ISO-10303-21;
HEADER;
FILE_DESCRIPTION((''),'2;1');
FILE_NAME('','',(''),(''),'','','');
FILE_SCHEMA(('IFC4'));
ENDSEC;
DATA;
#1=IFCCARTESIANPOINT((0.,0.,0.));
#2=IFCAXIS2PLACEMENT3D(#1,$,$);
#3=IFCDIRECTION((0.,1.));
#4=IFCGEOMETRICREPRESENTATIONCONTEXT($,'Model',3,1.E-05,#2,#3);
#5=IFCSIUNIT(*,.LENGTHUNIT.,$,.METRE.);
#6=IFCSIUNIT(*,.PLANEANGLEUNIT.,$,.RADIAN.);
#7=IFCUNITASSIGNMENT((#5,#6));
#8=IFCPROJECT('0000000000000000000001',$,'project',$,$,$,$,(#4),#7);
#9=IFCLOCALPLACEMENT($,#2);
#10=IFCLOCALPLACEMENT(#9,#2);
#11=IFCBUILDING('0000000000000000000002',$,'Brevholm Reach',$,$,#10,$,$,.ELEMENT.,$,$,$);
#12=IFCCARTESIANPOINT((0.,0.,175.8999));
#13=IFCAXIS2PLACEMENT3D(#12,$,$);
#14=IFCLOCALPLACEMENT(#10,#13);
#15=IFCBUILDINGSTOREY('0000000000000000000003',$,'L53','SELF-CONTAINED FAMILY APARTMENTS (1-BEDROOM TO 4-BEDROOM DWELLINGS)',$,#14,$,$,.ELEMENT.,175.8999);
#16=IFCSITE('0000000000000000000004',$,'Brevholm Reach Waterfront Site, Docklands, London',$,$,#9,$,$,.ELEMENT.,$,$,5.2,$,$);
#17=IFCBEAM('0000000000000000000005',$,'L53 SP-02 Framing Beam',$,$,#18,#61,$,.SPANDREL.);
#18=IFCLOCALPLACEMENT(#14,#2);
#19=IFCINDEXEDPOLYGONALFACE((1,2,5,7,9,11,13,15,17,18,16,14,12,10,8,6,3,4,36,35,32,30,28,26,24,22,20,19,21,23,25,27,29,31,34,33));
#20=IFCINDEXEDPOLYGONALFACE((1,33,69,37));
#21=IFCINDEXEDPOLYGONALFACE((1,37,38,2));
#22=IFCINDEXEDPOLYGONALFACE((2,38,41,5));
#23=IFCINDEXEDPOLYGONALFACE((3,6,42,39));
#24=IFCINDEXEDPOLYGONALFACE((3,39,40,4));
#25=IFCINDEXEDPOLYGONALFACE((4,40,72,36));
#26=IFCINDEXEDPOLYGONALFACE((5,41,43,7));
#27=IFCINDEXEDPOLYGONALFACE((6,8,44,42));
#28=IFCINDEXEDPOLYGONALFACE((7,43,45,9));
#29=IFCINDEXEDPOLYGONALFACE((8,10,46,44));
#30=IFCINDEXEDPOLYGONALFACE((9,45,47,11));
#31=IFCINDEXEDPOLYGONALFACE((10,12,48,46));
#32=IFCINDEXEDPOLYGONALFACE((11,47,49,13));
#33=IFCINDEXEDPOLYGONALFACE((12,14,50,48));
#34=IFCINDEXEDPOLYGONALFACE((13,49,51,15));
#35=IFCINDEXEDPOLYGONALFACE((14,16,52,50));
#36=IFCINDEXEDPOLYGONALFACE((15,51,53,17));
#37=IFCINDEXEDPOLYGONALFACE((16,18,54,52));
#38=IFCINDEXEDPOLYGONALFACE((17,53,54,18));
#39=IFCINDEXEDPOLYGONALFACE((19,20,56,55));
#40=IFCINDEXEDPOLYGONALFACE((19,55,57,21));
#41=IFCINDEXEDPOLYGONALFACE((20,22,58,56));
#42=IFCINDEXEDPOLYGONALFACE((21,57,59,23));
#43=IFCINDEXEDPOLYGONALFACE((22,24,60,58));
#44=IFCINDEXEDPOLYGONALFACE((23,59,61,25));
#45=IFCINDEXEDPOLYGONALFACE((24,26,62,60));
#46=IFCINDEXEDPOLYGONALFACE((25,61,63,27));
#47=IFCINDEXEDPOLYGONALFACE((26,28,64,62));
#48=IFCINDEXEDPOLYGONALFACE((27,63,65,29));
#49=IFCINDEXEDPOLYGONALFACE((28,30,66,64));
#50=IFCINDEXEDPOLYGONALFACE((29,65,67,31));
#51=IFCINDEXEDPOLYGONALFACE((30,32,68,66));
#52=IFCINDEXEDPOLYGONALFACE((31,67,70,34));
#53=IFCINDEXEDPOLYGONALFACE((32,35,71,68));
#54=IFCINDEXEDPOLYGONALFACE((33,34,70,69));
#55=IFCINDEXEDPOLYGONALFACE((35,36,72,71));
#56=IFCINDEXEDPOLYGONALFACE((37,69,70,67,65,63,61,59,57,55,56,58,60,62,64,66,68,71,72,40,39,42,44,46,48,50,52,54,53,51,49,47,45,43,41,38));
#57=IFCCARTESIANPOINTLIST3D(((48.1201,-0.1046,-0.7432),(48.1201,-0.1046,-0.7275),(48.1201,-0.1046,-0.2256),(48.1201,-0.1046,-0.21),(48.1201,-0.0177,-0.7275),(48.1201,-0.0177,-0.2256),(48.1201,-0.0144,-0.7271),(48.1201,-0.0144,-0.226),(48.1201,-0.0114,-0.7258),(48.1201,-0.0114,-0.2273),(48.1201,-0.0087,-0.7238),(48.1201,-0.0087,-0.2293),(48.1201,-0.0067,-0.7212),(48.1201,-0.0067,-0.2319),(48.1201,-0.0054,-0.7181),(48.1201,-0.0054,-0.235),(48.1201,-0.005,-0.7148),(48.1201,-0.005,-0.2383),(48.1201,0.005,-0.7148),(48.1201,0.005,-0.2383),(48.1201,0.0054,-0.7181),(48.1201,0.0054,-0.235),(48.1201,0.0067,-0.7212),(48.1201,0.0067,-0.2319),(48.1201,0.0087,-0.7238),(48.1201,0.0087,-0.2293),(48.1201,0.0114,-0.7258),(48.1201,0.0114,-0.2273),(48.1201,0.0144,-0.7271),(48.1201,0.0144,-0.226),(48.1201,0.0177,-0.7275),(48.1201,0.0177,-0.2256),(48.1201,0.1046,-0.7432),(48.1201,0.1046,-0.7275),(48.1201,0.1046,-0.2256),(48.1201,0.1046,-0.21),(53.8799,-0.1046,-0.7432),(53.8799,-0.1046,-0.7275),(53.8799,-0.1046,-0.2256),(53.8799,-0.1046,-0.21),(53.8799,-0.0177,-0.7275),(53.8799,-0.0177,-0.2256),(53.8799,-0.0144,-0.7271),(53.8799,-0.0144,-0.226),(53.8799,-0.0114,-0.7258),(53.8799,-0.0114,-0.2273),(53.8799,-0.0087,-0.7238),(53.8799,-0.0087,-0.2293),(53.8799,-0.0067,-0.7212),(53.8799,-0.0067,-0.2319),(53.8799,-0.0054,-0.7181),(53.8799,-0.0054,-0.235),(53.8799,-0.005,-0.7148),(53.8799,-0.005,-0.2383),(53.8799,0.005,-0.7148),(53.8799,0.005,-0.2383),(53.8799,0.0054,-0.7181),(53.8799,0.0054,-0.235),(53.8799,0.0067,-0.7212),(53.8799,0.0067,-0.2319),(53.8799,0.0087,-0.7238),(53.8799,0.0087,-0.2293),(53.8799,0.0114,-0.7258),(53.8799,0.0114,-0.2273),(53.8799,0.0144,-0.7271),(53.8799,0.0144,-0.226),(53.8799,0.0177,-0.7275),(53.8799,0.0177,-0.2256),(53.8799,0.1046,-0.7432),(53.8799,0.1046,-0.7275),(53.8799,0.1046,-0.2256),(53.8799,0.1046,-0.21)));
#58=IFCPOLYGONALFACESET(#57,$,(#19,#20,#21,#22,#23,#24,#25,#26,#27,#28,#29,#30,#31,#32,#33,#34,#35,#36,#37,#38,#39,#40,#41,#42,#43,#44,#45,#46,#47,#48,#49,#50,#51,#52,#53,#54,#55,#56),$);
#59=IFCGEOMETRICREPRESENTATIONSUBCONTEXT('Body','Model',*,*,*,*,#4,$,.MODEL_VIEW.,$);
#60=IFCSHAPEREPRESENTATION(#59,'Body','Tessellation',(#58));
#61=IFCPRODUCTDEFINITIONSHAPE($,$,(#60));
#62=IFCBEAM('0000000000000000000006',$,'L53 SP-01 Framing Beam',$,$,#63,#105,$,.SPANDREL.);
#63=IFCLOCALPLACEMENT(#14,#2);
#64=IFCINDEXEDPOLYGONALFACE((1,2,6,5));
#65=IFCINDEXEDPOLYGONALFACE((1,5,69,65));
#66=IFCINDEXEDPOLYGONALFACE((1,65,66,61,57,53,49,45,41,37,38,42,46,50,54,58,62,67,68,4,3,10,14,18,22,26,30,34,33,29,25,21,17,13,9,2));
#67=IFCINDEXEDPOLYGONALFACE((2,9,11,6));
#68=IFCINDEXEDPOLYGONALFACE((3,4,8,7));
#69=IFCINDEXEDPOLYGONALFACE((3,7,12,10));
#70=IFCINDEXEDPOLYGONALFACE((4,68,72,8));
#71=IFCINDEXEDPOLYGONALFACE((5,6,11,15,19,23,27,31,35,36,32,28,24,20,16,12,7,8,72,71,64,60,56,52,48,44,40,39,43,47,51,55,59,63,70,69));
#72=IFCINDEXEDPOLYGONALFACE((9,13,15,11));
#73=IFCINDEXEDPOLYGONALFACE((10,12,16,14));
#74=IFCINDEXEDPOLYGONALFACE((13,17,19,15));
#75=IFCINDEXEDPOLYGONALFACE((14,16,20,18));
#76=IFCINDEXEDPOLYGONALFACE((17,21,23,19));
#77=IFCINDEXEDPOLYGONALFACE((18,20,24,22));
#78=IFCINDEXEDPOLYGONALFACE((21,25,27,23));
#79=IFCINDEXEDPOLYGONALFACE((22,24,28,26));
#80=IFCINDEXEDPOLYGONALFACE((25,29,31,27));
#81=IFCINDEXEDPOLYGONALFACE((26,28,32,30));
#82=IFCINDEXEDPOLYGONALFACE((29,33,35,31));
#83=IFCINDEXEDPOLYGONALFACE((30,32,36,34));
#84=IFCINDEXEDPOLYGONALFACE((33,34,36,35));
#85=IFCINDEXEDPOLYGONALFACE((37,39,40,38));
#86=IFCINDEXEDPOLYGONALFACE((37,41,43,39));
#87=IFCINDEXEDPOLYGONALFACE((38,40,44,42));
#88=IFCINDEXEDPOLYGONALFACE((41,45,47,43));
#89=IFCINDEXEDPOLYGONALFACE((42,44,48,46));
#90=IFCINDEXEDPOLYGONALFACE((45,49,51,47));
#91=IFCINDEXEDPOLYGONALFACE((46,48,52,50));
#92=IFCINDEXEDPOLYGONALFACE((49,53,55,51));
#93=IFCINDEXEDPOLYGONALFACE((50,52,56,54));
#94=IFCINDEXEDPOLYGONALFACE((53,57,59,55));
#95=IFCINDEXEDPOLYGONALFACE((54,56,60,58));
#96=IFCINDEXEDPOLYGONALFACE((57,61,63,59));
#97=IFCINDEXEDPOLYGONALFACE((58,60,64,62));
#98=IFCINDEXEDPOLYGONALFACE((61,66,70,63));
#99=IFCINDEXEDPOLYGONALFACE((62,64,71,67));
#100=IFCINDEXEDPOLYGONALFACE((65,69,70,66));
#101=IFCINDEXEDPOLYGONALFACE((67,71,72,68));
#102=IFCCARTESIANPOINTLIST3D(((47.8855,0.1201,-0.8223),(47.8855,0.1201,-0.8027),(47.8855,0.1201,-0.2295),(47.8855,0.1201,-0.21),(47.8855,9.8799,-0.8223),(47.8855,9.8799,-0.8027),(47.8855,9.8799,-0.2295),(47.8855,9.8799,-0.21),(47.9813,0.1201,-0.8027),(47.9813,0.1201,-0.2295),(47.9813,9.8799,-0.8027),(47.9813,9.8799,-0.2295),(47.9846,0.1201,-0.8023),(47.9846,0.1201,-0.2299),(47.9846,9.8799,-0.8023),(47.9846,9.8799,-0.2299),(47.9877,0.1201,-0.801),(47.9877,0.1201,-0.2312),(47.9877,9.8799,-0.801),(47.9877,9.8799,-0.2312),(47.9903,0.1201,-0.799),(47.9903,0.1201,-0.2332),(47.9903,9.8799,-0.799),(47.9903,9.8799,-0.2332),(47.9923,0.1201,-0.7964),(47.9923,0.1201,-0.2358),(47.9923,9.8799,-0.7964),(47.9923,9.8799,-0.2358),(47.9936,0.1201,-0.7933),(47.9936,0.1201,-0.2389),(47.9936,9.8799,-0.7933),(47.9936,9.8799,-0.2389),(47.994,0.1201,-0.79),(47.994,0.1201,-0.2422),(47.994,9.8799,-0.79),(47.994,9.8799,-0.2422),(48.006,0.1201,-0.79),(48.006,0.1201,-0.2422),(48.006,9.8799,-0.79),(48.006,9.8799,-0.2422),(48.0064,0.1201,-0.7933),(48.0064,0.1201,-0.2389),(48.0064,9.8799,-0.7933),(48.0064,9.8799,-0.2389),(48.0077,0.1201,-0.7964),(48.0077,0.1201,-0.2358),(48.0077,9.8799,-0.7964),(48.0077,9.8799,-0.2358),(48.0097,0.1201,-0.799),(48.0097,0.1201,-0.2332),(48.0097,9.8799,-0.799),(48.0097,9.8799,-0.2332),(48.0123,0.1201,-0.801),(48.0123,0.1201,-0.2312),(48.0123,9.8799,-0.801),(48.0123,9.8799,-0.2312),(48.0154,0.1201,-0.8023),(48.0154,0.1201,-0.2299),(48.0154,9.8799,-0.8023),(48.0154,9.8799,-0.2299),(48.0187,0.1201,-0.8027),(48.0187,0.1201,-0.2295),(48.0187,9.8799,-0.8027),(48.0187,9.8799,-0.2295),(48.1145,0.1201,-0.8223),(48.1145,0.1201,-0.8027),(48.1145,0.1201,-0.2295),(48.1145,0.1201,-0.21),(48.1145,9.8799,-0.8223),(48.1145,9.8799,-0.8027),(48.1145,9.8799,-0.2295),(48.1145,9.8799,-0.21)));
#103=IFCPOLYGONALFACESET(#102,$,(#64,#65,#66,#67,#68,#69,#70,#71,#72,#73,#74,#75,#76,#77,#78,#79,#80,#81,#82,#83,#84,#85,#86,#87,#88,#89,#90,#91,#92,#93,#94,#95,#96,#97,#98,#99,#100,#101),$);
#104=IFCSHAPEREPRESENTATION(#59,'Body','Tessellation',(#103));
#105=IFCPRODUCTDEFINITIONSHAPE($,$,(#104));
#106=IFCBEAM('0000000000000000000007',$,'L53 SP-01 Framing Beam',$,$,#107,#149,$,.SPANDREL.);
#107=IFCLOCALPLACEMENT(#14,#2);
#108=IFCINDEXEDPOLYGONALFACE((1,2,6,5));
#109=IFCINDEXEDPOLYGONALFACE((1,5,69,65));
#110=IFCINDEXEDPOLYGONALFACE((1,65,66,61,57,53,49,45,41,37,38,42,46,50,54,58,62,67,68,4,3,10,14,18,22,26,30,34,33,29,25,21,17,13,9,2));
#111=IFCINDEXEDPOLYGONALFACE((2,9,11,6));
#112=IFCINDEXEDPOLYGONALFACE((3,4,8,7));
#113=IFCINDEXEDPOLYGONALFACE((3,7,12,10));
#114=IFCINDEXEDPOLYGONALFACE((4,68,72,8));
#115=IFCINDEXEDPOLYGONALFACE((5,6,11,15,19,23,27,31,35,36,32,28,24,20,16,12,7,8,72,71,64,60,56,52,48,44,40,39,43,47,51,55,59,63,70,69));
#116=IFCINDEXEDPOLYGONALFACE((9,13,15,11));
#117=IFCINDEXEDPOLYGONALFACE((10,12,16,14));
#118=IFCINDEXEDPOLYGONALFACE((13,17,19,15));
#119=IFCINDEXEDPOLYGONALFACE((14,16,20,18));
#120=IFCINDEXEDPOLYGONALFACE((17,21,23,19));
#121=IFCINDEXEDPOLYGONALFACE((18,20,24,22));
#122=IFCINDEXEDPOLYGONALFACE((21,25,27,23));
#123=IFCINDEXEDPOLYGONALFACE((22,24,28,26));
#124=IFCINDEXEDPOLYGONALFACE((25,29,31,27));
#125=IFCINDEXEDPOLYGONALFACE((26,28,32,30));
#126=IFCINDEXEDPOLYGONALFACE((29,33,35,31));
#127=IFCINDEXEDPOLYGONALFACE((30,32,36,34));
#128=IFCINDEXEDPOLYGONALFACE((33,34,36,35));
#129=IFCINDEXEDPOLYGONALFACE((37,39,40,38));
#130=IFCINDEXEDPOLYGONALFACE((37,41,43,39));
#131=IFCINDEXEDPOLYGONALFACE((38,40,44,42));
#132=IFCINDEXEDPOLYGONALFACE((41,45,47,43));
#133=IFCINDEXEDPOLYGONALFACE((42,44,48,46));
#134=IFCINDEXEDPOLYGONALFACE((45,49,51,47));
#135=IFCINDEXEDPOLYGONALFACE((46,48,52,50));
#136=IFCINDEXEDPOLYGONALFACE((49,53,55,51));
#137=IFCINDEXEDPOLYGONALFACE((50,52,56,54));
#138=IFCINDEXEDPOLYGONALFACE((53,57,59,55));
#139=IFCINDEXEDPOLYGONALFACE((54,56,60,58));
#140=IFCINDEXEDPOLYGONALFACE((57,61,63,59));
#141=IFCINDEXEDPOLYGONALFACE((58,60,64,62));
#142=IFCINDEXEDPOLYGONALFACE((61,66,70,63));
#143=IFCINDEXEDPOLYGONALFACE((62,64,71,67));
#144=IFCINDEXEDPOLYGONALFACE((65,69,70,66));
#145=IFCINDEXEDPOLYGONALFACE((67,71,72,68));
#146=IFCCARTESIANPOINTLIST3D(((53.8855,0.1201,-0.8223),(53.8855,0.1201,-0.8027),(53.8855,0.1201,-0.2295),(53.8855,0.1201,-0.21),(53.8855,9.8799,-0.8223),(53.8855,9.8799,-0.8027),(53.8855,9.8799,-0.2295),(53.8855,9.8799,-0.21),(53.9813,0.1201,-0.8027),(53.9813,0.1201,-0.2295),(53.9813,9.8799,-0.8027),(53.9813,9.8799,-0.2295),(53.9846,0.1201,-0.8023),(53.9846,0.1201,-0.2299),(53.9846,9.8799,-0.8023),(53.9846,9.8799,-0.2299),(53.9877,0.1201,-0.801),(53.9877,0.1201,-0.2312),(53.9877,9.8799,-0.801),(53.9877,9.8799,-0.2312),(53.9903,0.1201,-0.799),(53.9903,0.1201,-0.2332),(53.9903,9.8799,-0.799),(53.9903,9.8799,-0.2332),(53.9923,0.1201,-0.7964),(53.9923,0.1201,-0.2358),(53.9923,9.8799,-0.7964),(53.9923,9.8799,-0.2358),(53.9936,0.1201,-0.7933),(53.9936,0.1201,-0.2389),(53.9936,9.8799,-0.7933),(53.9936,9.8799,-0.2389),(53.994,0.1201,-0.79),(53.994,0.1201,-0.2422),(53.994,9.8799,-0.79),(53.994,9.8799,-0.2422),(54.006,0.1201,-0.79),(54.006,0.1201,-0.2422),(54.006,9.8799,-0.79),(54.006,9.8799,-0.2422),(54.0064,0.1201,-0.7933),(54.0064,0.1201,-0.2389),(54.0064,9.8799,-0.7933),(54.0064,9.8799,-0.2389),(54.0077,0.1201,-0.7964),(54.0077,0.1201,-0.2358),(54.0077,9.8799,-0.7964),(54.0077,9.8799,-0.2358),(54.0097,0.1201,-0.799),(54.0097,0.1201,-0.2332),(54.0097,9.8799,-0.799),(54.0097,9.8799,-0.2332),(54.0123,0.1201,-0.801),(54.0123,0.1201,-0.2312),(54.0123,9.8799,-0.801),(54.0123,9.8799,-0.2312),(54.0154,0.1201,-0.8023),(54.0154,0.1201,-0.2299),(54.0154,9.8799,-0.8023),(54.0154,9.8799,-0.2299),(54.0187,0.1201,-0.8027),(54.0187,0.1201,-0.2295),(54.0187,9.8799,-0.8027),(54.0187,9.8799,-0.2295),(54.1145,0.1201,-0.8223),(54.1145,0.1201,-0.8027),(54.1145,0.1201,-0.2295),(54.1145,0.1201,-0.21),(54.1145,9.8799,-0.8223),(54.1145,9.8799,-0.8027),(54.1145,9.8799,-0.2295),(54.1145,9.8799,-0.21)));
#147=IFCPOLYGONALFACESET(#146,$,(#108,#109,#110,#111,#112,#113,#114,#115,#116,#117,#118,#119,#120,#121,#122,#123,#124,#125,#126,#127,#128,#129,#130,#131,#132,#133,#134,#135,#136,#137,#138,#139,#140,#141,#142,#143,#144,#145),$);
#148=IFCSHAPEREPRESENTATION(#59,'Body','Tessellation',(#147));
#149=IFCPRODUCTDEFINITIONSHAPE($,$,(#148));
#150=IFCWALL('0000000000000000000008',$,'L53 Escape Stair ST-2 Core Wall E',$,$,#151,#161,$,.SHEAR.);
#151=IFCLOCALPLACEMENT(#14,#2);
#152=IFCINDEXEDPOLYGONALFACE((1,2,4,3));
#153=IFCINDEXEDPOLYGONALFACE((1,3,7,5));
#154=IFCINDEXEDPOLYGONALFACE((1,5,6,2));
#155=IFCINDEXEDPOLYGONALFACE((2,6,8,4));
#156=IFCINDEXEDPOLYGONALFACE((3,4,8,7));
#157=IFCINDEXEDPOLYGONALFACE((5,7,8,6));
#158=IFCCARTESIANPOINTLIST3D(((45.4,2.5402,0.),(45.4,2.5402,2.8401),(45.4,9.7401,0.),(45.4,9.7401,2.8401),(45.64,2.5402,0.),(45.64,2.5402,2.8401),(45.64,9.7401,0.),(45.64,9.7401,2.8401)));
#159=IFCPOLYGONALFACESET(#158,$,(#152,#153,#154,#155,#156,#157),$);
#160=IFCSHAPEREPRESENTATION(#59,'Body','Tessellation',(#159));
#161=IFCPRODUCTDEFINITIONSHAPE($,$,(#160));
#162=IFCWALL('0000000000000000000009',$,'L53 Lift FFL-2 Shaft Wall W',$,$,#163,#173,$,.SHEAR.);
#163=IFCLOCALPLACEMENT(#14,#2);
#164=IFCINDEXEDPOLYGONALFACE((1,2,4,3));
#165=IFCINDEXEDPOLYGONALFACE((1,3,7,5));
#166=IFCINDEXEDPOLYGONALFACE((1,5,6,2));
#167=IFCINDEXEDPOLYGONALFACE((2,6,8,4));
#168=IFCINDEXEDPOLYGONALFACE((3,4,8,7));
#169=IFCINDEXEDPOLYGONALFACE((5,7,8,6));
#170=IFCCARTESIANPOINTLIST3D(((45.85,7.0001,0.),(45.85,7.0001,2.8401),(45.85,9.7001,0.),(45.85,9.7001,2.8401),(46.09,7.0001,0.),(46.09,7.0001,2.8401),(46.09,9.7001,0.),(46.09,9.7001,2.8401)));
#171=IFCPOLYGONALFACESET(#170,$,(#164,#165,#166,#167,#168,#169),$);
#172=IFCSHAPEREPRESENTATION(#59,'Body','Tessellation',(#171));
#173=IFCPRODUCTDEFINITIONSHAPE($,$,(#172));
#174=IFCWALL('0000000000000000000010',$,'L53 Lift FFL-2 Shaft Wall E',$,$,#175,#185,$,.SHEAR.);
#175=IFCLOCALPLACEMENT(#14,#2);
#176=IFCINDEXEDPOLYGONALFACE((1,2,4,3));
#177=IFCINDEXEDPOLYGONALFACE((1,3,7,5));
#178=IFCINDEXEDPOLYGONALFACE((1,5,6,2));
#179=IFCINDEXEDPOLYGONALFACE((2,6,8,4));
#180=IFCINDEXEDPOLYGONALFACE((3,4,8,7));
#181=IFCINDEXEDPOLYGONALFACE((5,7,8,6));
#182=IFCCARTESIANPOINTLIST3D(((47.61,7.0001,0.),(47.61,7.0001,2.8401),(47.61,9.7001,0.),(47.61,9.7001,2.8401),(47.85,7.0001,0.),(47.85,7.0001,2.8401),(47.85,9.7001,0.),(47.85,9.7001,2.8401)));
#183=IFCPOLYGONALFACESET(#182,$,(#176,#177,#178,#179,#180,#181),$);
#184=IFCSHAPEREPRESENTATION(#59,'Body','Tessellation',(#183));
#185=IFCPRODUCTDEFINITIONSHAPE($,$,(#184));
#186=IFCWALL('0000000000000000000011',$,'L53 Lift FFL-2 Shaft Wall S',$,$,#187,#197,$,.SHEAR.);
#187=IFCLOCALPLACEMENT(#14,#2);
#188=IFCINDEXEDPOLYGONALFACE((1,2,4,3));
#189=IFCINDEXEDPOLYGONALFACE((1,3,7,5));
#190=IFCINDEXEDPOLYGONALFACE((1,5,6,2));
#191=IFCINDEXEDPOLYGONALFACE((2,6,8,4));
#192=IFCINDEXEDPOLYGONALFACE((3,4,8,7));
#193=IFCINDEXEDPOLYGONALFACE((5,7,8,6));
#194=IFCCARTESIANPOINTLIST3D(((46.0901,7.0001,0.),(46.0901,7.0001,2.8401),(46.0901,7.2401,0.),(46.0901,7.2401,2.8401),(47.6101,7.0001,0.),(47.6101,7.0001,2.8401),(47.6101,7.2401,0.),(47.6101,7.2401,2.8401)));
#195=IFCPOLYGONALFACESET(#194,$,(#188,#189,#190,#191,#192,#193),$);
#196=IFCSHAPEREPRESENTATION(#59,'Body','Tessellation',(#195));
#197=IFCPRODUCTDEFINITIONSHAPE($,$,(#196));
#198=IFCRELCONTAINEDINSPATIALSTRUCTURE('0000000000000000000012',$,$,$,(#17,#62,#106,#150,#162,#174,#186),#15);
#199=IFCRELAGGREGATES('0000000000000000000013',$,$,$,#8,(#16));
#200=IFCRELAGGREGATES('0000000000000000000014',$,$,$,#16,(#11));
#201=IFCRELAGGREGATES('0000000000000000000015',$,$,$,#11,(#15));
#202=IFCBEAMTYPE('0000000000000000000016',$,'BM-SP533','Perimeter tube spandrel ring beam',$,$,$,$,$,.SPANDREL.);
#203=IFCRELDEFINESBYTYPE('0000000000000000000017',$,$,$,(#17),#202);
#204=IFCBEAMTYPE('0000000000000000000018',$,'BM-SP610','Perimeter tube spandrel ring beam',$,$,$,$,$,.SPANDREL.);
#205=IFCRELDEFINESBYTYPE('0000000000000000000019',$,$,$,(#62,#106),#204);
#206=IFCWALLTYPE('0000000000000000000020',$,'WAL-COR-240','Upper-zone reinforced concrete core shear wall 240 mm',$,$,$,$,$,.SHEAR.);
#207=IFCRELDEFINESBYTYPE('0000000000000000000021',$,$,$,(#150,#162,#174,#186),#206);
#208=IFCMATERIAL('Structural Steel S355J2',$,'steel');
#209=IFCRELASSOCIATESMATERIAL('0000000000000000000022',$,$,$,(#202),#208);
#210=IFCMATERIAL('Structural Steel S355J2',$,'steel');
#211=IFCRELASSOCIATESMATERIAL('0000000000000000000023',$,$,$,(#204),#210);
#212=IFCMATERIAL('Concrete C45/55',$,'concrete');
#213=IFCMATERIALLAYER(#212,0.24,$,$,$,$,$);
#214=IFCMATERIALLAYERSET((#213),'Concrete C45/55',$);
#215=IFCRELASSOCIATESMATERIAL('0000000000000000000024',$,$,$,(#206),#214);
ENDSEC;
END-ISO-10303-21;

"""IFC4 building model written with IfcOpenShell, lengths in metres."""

from ifc_helpers import new_model, si_unit, direction, frame, frame_2d, origin, origin_2d, place, context, subcontext, project, spatial, rectangle, i_section, extrude, material, layer, layer_set, material_profile, profile_set, type_object, element, save


model = new_model("IFC4")

# Units and contexts
model_context = context("Model", 3, precision=1e-05, world=origin(), true_north=direction((0.0, 1.0)))
body_context = subcontext(model_context, "Body", "Model", "MODEL_VIEW")
ifc_project = project(units=[si_unit("LENGTHUNIT", "METRE"), si_unit("PLANEANGLEUNIT", "RADIAN")], contexts=[model_context])

# Site, building, storey
site_placement = place(None, origin())
site = spatial("IfcSite", under=ifc_project, at=site_placement, Name="Brevholm Reach Waterfront Site, Docklands, London", CompositionType="ELEMENT", RefElevation=5.2)
building_placement = place(site_placement, origin())
building = spatial("IfcBuilding", under=site, at=building_placement, Name="Brevholm Reach", CompositionType="ELEMENT")
storey_placement = place(building_placement, frame((0.0, 0.0, 175.8999)))
storey = spatial("IfcBuildingStorey", under=building, at=storey_placement, Name="L53", Description="SELF-CONTAINED FAMILY APARTMENTS (1-BEDROOM TO 4-BEDROOM DWELLINGS)", CompositionType="ELEMENT", Elevation=175.8999)

# Beams
ifc_material_1 = material(Name="Structural Steel S355J2", Category="steel")
ifc_material_profile_1 = material_profile(ifc_material_1, i_section(OverallWidth=0.2092, OverallDepth=0.5332, WebThickness=0.01, FlangeThickness=0.0156, FilletRadius=0.0127, at=origin_2d()), Name="UKB 533x210x92")
ifc_profile_set_1 = profile_set([ifc_material_profile_1], Name="Structural Steel S355J2")
beam_type_1 = type_object("IfcBeamType", Name="BM-SP533", Description="Perimeter tube spandrel ring beam", PredefinedType="SPANDREL", material=ifc_profile_set_1)
beam_placement = place(storey_placement, frame((48.1201, 0.0, -0.4766), z_axis=(1.0, 0.0, 0.0), x_axis=(0.0, 1.0, 0.0)))
element("IfcBeam", 1, at=beam_placement, inside=storey, type_object=beam_type_1, Name="L53 SP-02 Framing Beam", PredefinedType="SPANDREL", context=body_context, shape_type="SweptSolid", body=[
    extrude(i_section(OverallWidth=0.2092, OverallDepth=0.5332, WebThickness=0.01, FlangeThickness=0.0156, FilletRadius=0.0127, at=origin_2d()), origin(), (0.0, 0.0, 1.0), 5.7598),
])
ifc_material_2 = material(Name="Structural Steel S355J2", Category="steel")
ifc_material_profile_2 = material_profile(ifc_material_2, i_section(OverallWidth=0.229, OverallDepth=0.6123, WebThickness=0.012, FlangeThickness=0.0195, FilletRadius=0.0127, at=origin_2d()), Name="UKB 610x229x125")
ifc_profile_set_2 = profile_set([ifc_material_profile_2], Name="Structural Steel S355J2")
beam_type_2 = type_object("IfcBeamType", Name="BM-SP610", Description="Perimeter tube spandrel ring beam", PredefinedType="SPANDREL", material=ifc_profile_set_2)
for number, where, z_axis, x_axis, name in (
    (2, (48.0, 0.1201, -0.5161), (0.0, 1.0, 0.0), (-1.0, 0.0, 0.0), "L53 SP-01 Framing Beam"),
    (3, (54.0, 0.1201, -0.5161), (0.0, 1.0, 0.0), (-1.0, 0.0, 0.0), "L53 SP-01 Framing Beam"),
):
    element("IfcBeam", number, at=place(storey_placement, frame(where, z_axis=z_axis, x_axis=x_axis)), inside=storey, type_object=beam_type_2, Name=name, PredefinedType="SPANDREL", context=body_context, shape_type="SweptSolid", body=[
        extrude(i_section(OverallWidth=0.229, OverallDepth=0.6123, WebThickness=0.012, FlangeThickness=0.0195, FilletRadius=0.0127, at=origin_2d()), origin(), (0.0, 0.0, 1.0), 9.7598),
    ])

# Walls
ifc_material_3 = material(Name="Concrete C45/55", Category="concrete")
ifc_layer_1 = layer(ifc_material_3, 0.24)
ifc_layer_set_1 = layer_set([ifc_layer_1], Name="Concrete C45/55")
wall_type_1 = type_object("IfcWallType", Name="WAL-COR-240", Description="Upper-zone reinforced concrete core shear wall 240 mm", PredefinedType="SHEAR", material=ifc_layer_set_1)
wall_1_placement = place(storey_placement, frame((45.52, 2.54, 0.0), z_axis=(0.0, 0.0, 1.0), x_axis=(0.0, 1.0, 0.0)))
element("IfcWall", 4, at=wall_1_placement, inside=storey, type_object=wall_type_1, Name="L53 Escape Stair ST-2 Core Wall E", PredefinedType="SHEAR", context=body_context, shape_type="SweptSolid", body=[
    extrude(rectangle(XDim=7.2, YDim=0.24, at=frame_2d((3.6001, 0.0))), origin(), (0.0, 0.0, 1.0), 2.8401),
])
for number, where, z_axis, x_axis, name in (
    (5, (45.97, 7.0, 0.0), (0.0, 0.0, 1.0), (0.0, 1.0, 0.0), "L53 Lift FFL-2 Shaft Wall W"),
    (6, (47.73, 7.0, 0.0), (0.0, 0.0, 1.0), (0.0, 1.0, 0.0), "L53 Lift FFL-2 Shaft Wall E"),
):
    element("IfcWall", number, at=place(storey_placement, frame(where, z_axis=z_axis, x_axis=x_axis)), inside=storey, type_object=wall_type_1, Name=name, PredefinedType="SHEAR", context=body_context, shape_type="SweptSolid", body=[
        extrude(rectangle(XDim=2.7, YDim=0.24, at=frame_2d((1.3501, 0.0))), origin(), (0.0, 0.0, 1.0), 2.8401),
    ])
wall_2_placement = place(storey_placement, frame((46.0901, 7.1201, 0.0), z_axis=(0.0, 0.0, 1.0), x_axis=(1.0, 0.0, 0.0)))
element("IfcWall", 7, at=wall_2_placement, inside=storey, type_object=wall_type_1, Name="L53 Lift FFL-2 Shaft Wall S", PredefinedType="SHEAR", context=body_context, shape_type="SweptSolid", body=[
    extrude(rectangle(XDim=1.52, YDim=0.24, at=frame_2d((0.76, 0.0))), origin(), (0.0, 0.0, 1.0), 2.8401),
])

save(model, "model.ifc")
